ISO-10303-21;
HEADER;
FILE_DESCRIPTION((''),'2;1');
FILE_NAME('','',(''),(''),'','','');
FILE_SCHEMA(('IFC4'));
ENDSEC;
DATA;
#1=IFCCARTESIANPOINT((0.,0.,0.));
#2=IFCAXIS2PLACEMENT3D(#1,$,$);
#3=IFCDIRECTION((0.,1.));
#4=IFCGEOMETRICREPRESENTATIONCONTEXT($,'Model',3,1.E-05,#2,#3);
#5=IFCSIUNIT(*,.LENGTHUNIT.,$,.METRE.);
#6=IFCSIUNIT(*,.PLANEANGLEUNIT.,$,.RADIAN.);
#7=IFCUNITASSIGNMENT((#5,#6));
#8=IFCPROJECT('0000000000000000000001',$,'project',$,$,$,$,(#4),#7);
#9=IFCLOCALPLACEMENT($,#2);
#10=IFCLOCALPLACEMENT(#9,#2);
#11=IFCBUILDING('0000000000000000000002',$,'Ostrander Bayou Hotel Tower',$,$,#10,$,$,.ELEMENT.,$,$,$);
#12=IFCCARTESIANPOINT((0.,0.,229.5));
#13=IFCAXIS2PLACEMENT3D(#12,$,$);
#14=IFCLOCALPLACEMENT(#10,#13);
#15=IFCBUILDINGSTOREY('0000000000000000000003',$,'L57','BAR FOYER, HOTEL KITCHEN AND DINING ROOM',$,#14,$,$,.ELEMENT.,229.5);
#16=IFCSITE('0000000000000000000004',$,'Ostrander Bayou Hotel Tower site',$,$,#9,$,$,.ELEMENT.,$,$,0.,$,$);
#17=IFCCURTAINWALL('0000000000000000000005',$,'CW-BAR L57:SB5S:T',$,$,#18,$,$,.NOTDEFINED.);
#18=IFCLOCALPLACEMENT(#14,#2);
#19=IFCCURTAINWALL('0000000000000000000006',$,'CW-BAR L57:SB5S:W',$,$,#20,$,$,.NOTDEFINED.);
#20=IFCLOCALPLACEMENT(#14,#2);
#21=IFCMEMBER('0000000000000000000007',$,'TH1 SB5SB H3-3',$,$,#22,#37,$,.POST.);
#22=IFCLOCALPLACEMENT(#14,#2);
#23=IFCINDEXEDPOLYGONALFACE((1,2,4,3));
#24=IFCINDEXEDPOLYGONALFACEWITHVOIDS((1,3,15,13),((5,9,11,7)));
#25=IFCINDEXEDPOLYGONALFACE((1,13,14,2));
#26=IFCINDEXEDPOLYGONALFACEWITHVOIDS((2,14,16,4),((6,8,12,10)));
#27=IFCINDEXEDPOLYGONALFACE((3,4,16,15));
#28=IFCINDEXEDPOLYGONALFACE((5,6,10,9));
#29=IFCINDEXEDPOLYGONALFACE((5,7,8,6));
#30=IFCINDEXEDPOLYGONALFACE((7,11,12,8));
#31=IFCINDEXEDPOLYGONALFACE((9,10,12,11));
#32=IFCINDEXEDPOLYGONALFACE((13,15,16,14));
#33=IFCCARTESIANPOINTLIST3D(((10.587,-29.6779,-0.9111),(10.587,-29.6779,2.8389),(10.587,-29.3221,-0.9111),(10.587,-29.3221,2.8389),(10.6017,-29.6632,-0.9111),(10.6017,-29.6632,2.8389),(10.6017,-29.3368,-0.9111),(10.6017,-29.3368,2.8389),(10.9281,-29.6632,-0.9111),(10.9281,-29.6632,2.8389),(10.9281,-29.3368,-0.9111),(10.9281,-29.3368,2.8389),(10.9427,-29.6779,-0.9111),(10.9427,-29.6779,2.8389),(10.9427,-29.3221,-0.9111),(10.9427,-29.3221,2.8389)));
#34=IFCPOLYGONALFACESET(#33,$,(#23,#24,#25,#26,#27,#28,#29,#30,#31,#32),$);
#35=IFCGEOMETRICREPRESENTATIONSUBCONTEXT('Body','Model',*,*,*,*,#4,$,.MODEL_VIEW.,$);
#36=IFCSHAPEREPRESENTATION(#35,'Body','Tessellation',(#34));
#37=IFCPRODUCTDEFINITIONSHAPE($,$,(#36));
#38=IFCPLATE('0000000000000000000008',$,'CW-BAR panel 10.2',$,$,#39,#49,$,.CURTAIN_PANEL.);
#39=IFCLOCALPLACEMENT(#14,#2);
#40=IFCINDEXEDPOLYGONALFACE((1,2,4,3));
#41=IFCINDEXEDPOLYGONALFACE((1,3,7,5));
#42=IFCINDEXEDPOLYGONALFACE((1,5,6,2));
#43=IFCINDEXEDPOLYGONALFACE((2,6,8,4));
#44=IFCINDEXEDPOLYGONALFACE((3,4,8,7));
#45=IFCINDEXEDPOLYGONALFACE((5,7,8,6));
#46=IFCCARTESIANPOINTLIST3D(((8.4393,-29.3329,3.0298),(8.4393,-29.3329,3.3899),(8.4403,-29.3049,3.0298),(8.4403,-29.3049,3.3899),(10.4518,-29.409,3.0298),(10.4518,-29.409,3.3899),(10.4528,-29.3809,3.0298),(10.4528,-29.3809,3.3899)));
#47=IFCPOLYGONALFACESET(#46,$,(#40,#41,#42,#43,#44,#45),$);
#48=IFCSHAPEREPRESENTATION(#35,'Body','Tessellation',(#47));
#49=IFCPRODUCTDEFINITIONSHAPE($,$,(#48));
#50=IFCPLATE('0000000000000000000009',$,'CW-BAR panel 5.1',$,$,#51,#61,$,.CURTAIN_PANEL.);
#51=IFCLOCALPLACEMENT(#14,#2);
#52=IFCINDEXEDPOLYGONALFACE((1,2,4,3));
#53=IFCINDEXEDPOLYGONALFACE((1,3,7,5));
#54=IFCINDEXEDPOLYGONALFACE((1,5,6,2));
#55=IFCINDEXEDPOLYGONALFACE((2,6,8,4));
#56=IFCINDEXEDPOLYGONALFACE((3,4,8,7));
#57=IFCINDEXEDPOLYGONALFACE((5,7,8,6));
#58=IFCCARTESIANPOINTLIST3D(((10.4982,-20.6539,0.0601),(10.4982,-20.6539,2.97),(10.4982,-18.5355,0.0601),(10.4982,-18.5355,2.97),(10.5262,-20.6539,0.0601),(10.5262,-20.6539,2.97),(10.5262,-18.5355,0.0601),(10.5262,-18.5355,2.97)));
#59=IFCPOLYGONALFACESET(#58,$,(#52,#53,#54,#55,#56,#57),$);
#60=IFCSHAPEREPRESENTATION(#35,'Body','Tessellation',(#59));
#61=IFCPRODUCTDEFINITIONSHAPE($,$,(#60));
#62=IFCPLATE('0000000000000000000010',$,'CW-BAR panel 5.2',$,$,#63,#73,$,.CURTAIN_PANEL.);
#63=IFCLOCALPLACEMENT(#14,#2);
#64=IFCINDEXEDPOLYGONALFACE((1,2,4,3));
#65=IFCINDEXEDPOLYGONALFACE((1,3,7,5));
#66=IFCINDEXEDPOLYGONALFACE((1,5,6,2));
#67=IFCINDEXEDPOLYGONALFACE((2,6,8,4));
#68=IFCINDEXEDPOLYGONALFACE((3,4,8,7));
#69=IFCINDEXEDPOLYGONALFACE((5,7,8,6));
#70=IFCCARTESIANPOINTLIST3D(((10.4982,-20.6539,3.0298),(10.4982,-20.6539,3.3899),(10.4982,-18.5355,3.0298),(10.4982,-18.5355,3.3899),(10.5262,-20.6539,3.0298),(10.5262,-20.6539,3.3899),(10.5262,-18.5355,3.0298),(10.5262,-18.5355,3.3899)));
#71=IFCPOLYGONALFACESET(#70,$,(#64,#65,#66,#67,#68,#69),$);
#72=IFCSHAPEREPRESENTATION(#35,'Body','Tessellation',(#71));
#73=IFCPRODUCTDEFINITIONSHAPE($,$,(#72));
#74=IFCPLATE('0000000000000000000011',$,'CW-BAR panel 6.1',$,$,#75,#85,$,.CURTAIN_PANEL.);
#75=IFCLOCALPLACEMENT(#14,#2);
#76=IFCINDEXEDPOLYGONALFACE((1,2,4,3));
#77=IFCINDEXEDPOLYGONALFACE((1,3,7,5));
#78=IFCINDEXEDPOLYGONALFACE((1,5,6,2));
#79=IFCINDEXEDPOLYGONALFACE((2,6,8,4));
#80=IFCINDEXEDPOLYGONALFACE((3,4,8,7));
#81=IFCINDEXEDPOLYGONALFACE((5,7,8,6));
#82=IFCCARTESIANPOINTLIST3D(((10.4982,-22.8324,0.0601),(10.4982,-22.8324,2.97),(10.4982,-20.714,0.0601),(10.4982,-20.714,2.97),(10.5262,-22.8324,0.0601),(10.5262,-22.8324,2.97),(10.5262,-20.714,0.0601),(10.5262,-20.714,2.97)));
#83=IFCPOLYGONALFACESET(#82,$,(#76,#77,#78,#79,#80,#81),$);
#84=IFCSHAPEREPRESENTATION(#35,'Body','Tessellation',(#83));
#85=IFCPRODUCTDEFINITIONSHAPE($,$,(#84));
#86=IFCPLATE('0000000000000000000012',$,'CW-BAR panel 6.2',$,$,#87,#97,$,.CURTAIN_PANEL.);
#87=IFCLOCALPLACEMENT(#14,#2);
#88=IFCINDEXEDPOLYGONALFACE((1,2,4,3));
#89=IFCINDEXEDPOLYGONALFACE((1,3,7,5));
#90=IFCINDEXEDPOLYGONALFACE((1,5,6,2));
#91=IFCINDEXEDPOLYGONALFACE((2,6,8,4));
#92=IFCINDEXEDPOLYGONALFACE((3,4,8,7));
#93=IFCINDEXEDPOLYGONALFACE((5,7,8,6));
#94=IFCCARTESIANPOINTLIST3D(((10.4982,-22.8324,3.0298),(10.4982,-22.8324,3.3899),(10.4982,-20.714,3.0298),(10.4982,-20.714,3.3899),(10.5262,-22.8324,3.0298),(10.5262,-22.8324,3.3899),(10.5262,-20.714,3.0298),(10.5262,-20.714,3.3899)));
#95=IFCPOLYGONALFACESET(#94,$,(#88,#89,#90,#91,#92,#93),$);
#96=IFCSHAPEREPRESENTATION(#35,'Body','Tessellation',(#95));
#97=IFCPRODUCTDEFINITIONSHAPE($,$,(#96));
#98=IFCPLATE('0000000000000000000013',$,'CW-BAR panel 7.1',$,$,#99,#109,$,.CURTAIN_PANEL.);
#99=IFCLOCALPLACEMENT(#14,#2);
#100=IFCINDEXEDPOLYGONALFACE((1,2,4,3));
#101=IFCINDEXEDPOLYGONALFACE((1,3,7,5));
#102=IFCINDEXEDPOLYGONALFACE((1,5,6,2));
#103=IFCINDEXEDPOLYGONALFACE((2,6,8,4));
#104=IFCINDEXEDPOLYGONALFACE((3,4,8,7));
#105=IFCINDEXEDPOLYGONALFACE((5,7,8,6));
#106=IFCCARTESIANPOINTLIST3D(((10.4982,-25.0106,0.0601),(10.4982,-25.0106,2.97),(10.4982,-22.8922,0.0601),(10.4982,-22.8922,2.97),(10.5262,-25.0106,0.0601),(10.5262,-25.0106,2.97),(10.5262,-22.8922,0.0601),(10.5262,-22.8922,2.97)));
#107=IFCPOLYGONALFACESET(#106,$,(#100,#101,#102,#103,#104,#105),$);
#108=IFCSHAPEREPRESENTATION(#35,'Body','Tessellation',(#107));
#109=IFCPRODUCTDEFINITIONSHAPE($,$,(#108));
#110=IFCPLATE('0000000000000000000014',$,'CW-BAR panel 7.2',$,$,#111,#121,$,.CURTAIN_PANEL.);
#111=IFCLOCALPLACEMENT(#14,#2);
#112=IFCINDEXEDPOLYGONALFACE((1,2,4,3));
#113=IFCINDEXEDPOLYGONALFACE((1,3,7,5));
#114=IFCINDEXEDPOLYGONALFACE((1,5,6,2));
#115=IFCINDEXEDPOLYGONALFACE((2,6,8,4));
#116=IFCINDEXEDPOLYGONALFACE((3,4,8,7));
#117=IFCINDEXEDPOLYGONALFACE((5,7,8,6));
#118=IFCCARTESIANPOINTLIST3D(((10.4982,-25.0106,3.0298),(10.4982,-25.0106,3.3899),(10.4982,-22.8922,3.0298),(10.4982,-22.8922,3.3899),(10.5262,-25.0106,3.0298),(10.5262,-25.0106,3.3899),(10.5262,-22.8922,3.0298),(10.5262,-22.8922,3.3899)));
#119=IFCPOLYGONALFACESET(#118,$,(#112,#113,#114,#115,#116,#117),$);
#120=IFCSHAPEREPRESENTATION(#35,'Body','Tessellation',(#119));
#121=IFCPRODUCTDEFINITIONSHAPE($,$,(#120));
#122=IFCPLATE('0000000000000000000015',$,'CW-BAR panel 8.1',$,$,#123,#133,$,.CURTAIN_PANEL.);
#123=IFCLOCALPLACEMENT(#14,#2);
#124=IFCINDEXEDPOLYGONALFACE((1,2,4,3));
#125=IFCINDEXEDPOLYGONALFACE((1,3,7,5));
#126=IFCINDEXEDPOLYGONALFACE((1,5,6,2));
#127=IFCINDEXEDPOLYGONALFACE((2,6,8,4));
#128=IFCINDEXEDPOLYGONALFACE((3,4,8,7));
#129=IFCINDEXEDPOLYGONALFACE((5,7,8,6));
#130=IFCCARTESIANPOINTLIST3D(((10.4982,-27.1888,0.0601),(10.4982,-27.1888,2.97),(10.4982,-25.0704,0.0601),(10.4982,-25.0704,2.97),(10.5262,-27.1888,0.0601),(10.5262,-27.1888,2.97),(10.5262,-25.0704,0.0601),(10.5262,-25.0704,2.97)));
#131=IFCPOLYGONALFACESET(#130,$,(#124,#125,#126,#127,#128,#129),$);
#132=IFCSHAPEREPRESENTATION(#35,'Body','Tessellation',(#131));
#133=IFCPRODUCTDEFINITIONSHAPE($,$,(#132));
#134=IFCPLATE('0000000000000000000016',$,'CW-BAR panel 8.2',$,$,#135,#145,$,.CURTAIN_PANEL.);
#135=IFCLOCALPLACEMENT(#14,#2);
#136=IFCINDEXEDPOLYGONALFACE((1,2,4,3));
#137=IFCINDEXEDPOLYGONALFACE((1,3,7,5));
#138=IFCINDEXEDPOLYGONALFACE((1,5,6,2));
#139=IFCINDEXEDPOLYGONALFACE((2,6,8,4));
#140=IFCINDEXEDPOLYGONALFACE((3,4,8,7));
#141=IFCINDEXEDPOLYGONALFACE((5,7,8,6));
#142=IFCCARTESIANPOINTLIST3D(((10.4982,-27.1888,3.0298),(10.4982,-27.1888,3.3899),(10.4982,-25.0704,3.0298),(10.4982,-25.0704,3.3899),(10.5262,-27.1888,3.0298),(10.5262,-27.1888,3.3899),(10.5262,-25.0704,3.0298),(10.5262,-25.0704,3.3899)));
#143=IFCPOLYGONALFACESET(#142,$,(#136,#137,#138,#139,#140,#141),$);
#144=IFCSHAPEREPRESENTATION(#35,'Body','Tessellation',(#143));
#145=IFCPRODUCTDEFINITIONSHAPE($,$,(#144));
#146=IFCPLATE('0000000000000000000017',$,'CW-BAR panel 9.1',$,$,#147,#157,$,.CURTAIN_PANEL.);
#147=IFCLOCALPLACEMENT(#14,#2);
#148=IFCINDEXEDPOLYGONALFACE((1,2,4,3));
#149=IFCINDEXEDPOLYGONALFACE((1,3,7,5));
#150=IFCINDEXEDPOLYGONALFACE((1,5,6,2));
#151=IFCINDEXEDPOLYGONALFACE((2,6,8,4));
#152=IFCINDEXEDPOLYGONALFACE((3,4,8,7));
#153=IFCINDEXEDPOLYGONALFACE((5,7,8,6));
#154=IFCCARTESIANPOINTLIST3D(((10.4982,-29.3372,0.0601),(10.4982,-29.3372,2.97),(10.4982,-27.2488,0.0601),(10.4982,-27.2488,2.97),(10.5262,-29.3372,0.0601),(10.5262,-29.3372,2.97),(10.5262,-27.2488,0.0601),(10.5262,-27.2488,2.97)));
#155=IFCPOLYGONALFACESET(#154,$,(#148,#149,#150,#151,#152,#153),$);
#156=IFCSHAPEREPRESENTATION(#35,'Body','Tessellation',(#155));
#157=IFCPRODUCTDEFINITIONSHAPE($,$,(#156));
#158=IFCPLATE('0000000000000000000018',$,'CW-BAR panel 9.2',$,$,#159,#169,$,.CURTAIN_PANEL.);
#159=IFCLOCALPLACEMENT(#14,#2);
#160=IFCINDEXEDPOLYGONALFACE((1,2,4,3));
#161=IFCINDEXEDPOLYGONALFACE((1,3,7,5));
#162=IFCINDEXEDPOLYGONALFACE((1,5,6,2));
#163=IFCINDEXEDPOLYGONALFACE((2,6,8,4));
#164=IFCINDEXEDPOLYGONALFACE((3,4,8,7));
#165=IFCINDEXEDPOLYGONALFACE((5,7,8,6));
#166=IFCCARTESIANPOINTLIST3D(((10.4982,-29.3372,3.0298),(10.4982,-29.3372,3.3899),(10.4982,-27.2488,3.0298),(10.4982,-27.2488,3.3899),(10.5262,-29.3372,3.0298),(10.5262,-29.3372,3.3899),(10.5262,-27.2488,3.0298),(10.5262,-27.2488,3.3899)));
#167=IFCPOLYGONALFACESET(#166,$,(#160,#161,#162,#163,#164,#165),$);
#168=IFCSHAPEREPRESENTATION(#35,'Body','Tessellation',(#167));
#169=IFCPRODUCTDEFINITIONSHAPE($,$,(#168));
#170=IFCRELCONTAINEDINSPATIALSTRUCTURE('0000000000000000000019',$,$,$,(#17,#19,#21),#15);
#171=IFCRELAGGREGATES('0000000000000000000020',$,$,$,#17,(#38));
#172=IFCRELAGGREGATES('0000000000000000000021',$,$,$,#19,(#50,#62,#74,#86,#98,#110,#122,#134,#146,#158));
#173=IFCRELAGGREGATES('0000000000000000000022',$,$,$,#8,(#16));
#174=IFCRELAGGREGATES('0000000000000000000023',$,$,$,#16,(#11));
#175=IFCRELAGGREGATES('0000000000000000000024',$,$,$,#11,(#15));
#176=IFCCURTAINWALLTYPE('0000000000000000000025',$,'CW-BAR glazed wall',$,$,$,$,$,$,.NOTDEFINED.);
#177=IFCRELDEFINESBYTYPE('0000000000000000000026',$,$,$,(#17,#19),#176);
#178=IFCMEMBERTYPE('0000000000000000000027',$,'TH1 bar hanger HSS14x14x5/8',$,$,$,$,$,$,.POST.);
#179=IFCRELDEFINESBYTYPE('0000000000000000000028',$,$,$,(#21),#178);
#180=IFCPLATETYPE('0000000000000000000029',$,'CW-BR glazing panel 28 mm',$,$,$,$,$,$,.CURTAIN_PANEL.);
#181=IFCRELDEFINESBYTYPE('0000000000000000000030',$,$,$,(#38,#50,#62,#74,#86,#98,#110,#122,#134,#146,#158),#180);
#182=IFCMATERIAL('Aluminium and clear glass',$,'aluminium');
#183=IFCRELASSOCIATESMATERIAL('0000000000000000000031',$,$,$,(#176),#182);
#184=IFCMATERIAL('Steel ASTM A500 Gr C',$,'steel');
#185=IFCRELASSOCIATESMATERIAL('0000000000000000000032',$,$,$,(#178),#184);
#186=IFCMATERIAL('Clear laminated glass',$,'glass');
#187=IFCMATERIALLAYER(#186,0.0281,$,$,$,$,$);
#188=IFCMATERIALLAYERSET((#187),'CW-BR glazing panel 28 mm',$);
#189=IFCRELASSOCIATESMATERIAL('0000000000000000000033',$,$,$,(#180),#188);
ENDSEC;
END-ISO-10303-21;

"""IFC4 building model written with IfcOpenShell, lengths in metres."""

from ifc_helpers import new_model, si_unit, direction, frame, origin, origin_2d, place, context, subcontext, project, spatial, rectangle, hollow_rectangle, extrude, material, layer, layer_set, material_profile, profile_set, type_object, element, aggregate, save


model = new_model("IFC4")

# Units and contexts
model_context = context("Model", 3, precision=1e-05, world=origin(), true_north=direction((0.0, 1.0)))
body_context = subcontext(model_context, "Body", "Model", "MODEL_VIEW")
ifc_project = project(units=[si_unit("LENGTHUNIT", "METRE"), si_unit("PLANEANGLEUNIT", "RADIAN")], contexts=[model_context])

# Site, building, storey
site_placement = place(None, origin())
site = spatial("IfcSite", under=ifc_project, at=site_placement, Name="Ostrander Bayou Hotel Tower site", CompositionType="ELEMENT", RefElevation=0.0)
building_placement = place(site_placement, origin())
building = spatial("IfcBuilding", under=site, at=building_placement, Name="Ostrander Bayou Hotel Tower", CompositionType="ELEMENT")
storey_placement = place(building_placement, frame((0.0, 0.0, 229.5)))
storey = spatial("IfcBuildingStorey", under=building, at=storey_placement, Name="L57", Description="BAR FOYER, HOTEL KITCHEN AND DINING ROOM", CompositionType="ELEMENT", Elevation=229.5)

# Curtain wall
ifc_material_1 = material(Name="Aluminium and clear glass", Category="aluminium")
curtain_wall_type = type_object("IfcCurtainWallType", Name="CW-BAR glazed wall", PredefinedType="NOTDEFINED", material=ifc_material_1)
curtain_wall_1_placement = place(storey_placement, origin())
curtain_wall_1 = element("IfcCurtainWall", 1, at=curtain_wall_1_placement, inside=storey, type_object=curtain_wall_type, Name="CW-BAR L57:SB5S:T", PredefinedType="NOTDEFINED")

# Curtain wall
curtain_wall_2_placement = place(storey_placement, origin())
curtain_wall_2 = element("IfcCurtainWall", 2, at=curtain_wall_2_placement, inside=storey, type_object=curtain_wall_type, Name="CW-BAR L57:SB5S:W", PredefinedType="NOTDEFINED")

# Member
ifc_material_2 = material(Name="Steel ASTM A500 Gr C", Category="steel")
ifc_material_profile_1 = material_profile(ifc_material_2, hollow_rectangle(XDim=0.3557, YDim=0.3557, WallThickness=0.0146, at=origin_2d()))
ifc_profile_set_1 = profile_set([ifc_material_profile_1], Name="Steel ASTM A500 Gr C")
member_type_1 = type_object("IfcMemberType", Name="TH1 bar hanger HSS14x14x5/8", PredefinedType="POST", material=ifc_profile_set_1)
for number, where, z_axis, x_axis, name in (
    (3, (10.7649, -29.5, -0.9111), (0.0, 0.0, 1.0), (1.0, 0.0, 0.0), "TH1 SB5SB H3-3"),
):
    element("IfcMember", number, at=place(storey_placement, frame(where, z_axis=z_axis, x_axis=x_axis)), inside=storey, type_object=member_type_1, Name=name, PredefinedType="POST", context=body_context, shape_type="SweptSolid", body=[
        extrude(hollow_rectangle(XDim=0.3557, YDim=0.3557, WallThickness=0.0146, at=origin_2d()), origin(), (0.0, 0.0, 1.0), 3.75),
    ])

# Plates
ifc_material_3 = material(Name="Clear laminated glass", Category="glass")
ifc_layer = layer(ifc_material_3, 0.0281)
ifc_layer_set = layer_set([ifc_layer], Name="CW-BR glazing panel 28 mm")
plate_type = type_object("IfcPlateType", Name="CW-BR glazing panel 28 mm", PredefinedType="CURTAIN_PANEL", material=ifc_layer_set)
plate_1_placement = place(storey_placement, frame((9.446, -29.3569, 3.0298), z_axis=(0.0, 0.0, 1.0), x_axis=(0.999287, -0.037758, 0.0)))
plate_1 = element("IfcPlate", 4, at=plate_1_placement, type_object=plate_type, Name="CW-BAR panel 10.2", PredefinedType="CURTAIN_PANEL", context=body_context, shape_type="SweptSolid", body=[
    extrude(rectangle(XDim=2.0139, YDim=0.0281, at=origin_2d()), origin(), (0.0, 0.0, 1.0), 0.3601),
])
aggregate(curtain_wall_1, [plate_1])
plate_2_placement = place(storey_placement, frame((10.5122, -19.5947, 0.0601), z_axis=(0.0, 0.0, 1.0), x_axis=(0.0, -1.0, 0.0)))
plate_2 = element("IfcPlate", 5, at=plate_2_placement, type_object=plate_type, Name="CW-BAR panel 5.1", PredefinedType="CURTAIN_PANEL", context=body_context, shape_type="SweptSolid", body=[
    extrude(rectangle(XDim=2.1184, YDim=0.0281, at=origin_2d()), origin(), (0.0, 0.0, 1.0), 2.9099),
])
plate_3_placement = place(storey_placement, frame((10.5122, -19.5947, 3.0298), z_axis=(0.0, 0.0, 1.0), x_axis=(0.0, -1.0, 0.0)))
plate_3 = element("IfcPlate", 6, at=plate_3_placement, type_object=plate_type, Name="CW-BAR panel 5.2", PredefinedType="CURTAIN_PANEL", context=body_context, shape_type="SweptSolid", body=[
    extrude(rectangle(XDim=2.1184, YDim=0.0281, at=origin_2d()), origin(), (0.0, 0.0, 1.0), 0.3601),
])
plate_4_placement = place(storey_placement, frame((10.5122, -21.7732, 0.0601), z_axis=(0.0, 0.0, 1.0), x_axis=(0.0, -1.0, 0.0)))
plate_4 = element("IfcPlate", 7, at=plate_4_placement, type_object=plate_type, Name="CW-BAR panel 6.1", PredefinedType="CURTAIN_PANEL", context=body_context, shape_type="SweptSolid", body=[
    extrude(rectangle(XDim=2.1184, YDim=0.0281, at=origin_2d()), origin(), (0.0, 0.0, 1.0), 2.9099),
])
plate_5_placement = place(storey_placement, frame((10.5122, -21.7732, 3.0298), z_axis=(0.0, 0.0, 1.0), x_axis=(0.0, -1.0, 0.0)))
plate_5 = element("IfcPlate", 8, at=plate_5_placement, type_object=plate_type, Name="CW-BAR panel 6.2", PredefinedType="CURTAIN_PANEL", context=body_context, shape_type="SweptSolid", body=[
    extrude(rectangle(XDim=2.1184, YDim=0.0281, at=origin_2d()), origin(), (0.0, 0.0, 1.0), 0.3601),
])
plate_6_placement = place(storey_placement, frame((10.5122, -23.9514, 0.0601), z_axis=(0.0, 0.0, 1.0), x_axis=(0.0, -1.0, 0.0)))
plate_6 = element("IfcPlate", 9, at=plate_6_placement, type_object=plate_type, Name="CW-BAR panel 7.1", PredefinedType="CURTAIN_PANEL", context=body_context, shape_type="SweptSolid", body=[
    extrude(rectangle(XDim=2.1184, YDim=0.0281, at=origin_2d()), origin(), (0.0, 0.0, 1.0), 2.9099),
])
plate_7_placement = place(storey_placement, frame((10.5122, -23.9514, 3.0298), z_axis=(0.0, 0.0, 1.0), x_axis=(0.0, -1.0, 0.0)))
plate_7 = element("IfcPlate", 10, at=plate_7_placement, type_object=plate_type, Name="CW-BAR panel 7.2", PredefinedType="CURTAIN_PANEL", context=body_context, shape_type="SweptSolid", body=[
    extrude(rectangle(XDim=2.1184, YDim=0.0281, at=origin_2d()), origin(), (0.0, 0.0, 1.0), 0.3601),
])
plate_8_placement = place(storey_placement, frame((10.5122, -26.1296, 0.0601), z_axis=(0.0, 0.0, 1.0), x_axis=(0.0, -1.0, 0.0)))
plate_8 = element("IfcPlate", 11, at=plate_8_placement, type_object=plate_type, Name="CW-BAR panel 8.1", PredefinedType="CURTAIN_PANEL", context=body_context, shape_type="SweptSolid", body=[
    extrude(rectangle(XDim=2.1184, YDim=0.0281, at=origin_2d()), origin(), (0.0, 0.0, 1.0), 2.9099),
])
plate_9_placement = place(storey_placement, frame((10.5122, -26.1296, 3.0298), z_axis=(0.0, 0.0, 1.0), x_axis=(0.0, -1.0, 0.0)))
plate_9 = element("IfcPlate", 12, at=plate_9_placement, type_object=plate_type, Name="CW-BAR panel 8.2", PredefinedType="CURTAIN_PANEL", context=body_context, shape_type="SweptSolid", body=[
    extrude(rectangle(XDim=2.1184, YDim=0.0281, at=origin_2d()), origin(), (0.0, 0.0, 1.0), 0.3601),
])
plate_10_placement = place(storey_placement, frame((10.5122, -28.293, 0.0601), z_axis=(0.0, 0.0, 1.0), x_axis=(0.0, -1.0, 0.0)))
plate_10 = element("IfcPlate", 13, at=plate_10_placement, type_object=plate_type, Name="CW-BAR panel 9.1", PredefinedType="CURTAIN_PANEL", context=body_context, shape_type="SweptSolid", body=[
    extrude(rectangle(XDim=2.0884, YDim=0.0281, at=origin_2d()), origin(), (0.0, 0.0, 1.0), 2.9099),
])
plate_11_placement = place(storey_placement, frame((10.5122, -28.293, 3.0298), z_axis=(0.0, 0.0, 1.0), x_axis=(0.0, -1.0, 0.0)))
plate_11 = element("IfcPlate", 14, at=plate_11_placement, type_object=plate_type, Name="CW-BAR panel 9.2", PredefinedType="CURTAIN_PANEL", context=body_context, shape_type="SweptSolid", body=[
    extrude(rectangle(XDim=2.0884, YDim=0.0281, at=origin_2d()), origin(), (0.0, 0.0, 1.0), 0.3601),
])
aggregate(curtain_wall_2, [plate_2, plate_3, plate_4, plate_5, plate_6, plate_7, plate_8, plate_9, plate_10, plate_11])

save(model, "model.ifc")
